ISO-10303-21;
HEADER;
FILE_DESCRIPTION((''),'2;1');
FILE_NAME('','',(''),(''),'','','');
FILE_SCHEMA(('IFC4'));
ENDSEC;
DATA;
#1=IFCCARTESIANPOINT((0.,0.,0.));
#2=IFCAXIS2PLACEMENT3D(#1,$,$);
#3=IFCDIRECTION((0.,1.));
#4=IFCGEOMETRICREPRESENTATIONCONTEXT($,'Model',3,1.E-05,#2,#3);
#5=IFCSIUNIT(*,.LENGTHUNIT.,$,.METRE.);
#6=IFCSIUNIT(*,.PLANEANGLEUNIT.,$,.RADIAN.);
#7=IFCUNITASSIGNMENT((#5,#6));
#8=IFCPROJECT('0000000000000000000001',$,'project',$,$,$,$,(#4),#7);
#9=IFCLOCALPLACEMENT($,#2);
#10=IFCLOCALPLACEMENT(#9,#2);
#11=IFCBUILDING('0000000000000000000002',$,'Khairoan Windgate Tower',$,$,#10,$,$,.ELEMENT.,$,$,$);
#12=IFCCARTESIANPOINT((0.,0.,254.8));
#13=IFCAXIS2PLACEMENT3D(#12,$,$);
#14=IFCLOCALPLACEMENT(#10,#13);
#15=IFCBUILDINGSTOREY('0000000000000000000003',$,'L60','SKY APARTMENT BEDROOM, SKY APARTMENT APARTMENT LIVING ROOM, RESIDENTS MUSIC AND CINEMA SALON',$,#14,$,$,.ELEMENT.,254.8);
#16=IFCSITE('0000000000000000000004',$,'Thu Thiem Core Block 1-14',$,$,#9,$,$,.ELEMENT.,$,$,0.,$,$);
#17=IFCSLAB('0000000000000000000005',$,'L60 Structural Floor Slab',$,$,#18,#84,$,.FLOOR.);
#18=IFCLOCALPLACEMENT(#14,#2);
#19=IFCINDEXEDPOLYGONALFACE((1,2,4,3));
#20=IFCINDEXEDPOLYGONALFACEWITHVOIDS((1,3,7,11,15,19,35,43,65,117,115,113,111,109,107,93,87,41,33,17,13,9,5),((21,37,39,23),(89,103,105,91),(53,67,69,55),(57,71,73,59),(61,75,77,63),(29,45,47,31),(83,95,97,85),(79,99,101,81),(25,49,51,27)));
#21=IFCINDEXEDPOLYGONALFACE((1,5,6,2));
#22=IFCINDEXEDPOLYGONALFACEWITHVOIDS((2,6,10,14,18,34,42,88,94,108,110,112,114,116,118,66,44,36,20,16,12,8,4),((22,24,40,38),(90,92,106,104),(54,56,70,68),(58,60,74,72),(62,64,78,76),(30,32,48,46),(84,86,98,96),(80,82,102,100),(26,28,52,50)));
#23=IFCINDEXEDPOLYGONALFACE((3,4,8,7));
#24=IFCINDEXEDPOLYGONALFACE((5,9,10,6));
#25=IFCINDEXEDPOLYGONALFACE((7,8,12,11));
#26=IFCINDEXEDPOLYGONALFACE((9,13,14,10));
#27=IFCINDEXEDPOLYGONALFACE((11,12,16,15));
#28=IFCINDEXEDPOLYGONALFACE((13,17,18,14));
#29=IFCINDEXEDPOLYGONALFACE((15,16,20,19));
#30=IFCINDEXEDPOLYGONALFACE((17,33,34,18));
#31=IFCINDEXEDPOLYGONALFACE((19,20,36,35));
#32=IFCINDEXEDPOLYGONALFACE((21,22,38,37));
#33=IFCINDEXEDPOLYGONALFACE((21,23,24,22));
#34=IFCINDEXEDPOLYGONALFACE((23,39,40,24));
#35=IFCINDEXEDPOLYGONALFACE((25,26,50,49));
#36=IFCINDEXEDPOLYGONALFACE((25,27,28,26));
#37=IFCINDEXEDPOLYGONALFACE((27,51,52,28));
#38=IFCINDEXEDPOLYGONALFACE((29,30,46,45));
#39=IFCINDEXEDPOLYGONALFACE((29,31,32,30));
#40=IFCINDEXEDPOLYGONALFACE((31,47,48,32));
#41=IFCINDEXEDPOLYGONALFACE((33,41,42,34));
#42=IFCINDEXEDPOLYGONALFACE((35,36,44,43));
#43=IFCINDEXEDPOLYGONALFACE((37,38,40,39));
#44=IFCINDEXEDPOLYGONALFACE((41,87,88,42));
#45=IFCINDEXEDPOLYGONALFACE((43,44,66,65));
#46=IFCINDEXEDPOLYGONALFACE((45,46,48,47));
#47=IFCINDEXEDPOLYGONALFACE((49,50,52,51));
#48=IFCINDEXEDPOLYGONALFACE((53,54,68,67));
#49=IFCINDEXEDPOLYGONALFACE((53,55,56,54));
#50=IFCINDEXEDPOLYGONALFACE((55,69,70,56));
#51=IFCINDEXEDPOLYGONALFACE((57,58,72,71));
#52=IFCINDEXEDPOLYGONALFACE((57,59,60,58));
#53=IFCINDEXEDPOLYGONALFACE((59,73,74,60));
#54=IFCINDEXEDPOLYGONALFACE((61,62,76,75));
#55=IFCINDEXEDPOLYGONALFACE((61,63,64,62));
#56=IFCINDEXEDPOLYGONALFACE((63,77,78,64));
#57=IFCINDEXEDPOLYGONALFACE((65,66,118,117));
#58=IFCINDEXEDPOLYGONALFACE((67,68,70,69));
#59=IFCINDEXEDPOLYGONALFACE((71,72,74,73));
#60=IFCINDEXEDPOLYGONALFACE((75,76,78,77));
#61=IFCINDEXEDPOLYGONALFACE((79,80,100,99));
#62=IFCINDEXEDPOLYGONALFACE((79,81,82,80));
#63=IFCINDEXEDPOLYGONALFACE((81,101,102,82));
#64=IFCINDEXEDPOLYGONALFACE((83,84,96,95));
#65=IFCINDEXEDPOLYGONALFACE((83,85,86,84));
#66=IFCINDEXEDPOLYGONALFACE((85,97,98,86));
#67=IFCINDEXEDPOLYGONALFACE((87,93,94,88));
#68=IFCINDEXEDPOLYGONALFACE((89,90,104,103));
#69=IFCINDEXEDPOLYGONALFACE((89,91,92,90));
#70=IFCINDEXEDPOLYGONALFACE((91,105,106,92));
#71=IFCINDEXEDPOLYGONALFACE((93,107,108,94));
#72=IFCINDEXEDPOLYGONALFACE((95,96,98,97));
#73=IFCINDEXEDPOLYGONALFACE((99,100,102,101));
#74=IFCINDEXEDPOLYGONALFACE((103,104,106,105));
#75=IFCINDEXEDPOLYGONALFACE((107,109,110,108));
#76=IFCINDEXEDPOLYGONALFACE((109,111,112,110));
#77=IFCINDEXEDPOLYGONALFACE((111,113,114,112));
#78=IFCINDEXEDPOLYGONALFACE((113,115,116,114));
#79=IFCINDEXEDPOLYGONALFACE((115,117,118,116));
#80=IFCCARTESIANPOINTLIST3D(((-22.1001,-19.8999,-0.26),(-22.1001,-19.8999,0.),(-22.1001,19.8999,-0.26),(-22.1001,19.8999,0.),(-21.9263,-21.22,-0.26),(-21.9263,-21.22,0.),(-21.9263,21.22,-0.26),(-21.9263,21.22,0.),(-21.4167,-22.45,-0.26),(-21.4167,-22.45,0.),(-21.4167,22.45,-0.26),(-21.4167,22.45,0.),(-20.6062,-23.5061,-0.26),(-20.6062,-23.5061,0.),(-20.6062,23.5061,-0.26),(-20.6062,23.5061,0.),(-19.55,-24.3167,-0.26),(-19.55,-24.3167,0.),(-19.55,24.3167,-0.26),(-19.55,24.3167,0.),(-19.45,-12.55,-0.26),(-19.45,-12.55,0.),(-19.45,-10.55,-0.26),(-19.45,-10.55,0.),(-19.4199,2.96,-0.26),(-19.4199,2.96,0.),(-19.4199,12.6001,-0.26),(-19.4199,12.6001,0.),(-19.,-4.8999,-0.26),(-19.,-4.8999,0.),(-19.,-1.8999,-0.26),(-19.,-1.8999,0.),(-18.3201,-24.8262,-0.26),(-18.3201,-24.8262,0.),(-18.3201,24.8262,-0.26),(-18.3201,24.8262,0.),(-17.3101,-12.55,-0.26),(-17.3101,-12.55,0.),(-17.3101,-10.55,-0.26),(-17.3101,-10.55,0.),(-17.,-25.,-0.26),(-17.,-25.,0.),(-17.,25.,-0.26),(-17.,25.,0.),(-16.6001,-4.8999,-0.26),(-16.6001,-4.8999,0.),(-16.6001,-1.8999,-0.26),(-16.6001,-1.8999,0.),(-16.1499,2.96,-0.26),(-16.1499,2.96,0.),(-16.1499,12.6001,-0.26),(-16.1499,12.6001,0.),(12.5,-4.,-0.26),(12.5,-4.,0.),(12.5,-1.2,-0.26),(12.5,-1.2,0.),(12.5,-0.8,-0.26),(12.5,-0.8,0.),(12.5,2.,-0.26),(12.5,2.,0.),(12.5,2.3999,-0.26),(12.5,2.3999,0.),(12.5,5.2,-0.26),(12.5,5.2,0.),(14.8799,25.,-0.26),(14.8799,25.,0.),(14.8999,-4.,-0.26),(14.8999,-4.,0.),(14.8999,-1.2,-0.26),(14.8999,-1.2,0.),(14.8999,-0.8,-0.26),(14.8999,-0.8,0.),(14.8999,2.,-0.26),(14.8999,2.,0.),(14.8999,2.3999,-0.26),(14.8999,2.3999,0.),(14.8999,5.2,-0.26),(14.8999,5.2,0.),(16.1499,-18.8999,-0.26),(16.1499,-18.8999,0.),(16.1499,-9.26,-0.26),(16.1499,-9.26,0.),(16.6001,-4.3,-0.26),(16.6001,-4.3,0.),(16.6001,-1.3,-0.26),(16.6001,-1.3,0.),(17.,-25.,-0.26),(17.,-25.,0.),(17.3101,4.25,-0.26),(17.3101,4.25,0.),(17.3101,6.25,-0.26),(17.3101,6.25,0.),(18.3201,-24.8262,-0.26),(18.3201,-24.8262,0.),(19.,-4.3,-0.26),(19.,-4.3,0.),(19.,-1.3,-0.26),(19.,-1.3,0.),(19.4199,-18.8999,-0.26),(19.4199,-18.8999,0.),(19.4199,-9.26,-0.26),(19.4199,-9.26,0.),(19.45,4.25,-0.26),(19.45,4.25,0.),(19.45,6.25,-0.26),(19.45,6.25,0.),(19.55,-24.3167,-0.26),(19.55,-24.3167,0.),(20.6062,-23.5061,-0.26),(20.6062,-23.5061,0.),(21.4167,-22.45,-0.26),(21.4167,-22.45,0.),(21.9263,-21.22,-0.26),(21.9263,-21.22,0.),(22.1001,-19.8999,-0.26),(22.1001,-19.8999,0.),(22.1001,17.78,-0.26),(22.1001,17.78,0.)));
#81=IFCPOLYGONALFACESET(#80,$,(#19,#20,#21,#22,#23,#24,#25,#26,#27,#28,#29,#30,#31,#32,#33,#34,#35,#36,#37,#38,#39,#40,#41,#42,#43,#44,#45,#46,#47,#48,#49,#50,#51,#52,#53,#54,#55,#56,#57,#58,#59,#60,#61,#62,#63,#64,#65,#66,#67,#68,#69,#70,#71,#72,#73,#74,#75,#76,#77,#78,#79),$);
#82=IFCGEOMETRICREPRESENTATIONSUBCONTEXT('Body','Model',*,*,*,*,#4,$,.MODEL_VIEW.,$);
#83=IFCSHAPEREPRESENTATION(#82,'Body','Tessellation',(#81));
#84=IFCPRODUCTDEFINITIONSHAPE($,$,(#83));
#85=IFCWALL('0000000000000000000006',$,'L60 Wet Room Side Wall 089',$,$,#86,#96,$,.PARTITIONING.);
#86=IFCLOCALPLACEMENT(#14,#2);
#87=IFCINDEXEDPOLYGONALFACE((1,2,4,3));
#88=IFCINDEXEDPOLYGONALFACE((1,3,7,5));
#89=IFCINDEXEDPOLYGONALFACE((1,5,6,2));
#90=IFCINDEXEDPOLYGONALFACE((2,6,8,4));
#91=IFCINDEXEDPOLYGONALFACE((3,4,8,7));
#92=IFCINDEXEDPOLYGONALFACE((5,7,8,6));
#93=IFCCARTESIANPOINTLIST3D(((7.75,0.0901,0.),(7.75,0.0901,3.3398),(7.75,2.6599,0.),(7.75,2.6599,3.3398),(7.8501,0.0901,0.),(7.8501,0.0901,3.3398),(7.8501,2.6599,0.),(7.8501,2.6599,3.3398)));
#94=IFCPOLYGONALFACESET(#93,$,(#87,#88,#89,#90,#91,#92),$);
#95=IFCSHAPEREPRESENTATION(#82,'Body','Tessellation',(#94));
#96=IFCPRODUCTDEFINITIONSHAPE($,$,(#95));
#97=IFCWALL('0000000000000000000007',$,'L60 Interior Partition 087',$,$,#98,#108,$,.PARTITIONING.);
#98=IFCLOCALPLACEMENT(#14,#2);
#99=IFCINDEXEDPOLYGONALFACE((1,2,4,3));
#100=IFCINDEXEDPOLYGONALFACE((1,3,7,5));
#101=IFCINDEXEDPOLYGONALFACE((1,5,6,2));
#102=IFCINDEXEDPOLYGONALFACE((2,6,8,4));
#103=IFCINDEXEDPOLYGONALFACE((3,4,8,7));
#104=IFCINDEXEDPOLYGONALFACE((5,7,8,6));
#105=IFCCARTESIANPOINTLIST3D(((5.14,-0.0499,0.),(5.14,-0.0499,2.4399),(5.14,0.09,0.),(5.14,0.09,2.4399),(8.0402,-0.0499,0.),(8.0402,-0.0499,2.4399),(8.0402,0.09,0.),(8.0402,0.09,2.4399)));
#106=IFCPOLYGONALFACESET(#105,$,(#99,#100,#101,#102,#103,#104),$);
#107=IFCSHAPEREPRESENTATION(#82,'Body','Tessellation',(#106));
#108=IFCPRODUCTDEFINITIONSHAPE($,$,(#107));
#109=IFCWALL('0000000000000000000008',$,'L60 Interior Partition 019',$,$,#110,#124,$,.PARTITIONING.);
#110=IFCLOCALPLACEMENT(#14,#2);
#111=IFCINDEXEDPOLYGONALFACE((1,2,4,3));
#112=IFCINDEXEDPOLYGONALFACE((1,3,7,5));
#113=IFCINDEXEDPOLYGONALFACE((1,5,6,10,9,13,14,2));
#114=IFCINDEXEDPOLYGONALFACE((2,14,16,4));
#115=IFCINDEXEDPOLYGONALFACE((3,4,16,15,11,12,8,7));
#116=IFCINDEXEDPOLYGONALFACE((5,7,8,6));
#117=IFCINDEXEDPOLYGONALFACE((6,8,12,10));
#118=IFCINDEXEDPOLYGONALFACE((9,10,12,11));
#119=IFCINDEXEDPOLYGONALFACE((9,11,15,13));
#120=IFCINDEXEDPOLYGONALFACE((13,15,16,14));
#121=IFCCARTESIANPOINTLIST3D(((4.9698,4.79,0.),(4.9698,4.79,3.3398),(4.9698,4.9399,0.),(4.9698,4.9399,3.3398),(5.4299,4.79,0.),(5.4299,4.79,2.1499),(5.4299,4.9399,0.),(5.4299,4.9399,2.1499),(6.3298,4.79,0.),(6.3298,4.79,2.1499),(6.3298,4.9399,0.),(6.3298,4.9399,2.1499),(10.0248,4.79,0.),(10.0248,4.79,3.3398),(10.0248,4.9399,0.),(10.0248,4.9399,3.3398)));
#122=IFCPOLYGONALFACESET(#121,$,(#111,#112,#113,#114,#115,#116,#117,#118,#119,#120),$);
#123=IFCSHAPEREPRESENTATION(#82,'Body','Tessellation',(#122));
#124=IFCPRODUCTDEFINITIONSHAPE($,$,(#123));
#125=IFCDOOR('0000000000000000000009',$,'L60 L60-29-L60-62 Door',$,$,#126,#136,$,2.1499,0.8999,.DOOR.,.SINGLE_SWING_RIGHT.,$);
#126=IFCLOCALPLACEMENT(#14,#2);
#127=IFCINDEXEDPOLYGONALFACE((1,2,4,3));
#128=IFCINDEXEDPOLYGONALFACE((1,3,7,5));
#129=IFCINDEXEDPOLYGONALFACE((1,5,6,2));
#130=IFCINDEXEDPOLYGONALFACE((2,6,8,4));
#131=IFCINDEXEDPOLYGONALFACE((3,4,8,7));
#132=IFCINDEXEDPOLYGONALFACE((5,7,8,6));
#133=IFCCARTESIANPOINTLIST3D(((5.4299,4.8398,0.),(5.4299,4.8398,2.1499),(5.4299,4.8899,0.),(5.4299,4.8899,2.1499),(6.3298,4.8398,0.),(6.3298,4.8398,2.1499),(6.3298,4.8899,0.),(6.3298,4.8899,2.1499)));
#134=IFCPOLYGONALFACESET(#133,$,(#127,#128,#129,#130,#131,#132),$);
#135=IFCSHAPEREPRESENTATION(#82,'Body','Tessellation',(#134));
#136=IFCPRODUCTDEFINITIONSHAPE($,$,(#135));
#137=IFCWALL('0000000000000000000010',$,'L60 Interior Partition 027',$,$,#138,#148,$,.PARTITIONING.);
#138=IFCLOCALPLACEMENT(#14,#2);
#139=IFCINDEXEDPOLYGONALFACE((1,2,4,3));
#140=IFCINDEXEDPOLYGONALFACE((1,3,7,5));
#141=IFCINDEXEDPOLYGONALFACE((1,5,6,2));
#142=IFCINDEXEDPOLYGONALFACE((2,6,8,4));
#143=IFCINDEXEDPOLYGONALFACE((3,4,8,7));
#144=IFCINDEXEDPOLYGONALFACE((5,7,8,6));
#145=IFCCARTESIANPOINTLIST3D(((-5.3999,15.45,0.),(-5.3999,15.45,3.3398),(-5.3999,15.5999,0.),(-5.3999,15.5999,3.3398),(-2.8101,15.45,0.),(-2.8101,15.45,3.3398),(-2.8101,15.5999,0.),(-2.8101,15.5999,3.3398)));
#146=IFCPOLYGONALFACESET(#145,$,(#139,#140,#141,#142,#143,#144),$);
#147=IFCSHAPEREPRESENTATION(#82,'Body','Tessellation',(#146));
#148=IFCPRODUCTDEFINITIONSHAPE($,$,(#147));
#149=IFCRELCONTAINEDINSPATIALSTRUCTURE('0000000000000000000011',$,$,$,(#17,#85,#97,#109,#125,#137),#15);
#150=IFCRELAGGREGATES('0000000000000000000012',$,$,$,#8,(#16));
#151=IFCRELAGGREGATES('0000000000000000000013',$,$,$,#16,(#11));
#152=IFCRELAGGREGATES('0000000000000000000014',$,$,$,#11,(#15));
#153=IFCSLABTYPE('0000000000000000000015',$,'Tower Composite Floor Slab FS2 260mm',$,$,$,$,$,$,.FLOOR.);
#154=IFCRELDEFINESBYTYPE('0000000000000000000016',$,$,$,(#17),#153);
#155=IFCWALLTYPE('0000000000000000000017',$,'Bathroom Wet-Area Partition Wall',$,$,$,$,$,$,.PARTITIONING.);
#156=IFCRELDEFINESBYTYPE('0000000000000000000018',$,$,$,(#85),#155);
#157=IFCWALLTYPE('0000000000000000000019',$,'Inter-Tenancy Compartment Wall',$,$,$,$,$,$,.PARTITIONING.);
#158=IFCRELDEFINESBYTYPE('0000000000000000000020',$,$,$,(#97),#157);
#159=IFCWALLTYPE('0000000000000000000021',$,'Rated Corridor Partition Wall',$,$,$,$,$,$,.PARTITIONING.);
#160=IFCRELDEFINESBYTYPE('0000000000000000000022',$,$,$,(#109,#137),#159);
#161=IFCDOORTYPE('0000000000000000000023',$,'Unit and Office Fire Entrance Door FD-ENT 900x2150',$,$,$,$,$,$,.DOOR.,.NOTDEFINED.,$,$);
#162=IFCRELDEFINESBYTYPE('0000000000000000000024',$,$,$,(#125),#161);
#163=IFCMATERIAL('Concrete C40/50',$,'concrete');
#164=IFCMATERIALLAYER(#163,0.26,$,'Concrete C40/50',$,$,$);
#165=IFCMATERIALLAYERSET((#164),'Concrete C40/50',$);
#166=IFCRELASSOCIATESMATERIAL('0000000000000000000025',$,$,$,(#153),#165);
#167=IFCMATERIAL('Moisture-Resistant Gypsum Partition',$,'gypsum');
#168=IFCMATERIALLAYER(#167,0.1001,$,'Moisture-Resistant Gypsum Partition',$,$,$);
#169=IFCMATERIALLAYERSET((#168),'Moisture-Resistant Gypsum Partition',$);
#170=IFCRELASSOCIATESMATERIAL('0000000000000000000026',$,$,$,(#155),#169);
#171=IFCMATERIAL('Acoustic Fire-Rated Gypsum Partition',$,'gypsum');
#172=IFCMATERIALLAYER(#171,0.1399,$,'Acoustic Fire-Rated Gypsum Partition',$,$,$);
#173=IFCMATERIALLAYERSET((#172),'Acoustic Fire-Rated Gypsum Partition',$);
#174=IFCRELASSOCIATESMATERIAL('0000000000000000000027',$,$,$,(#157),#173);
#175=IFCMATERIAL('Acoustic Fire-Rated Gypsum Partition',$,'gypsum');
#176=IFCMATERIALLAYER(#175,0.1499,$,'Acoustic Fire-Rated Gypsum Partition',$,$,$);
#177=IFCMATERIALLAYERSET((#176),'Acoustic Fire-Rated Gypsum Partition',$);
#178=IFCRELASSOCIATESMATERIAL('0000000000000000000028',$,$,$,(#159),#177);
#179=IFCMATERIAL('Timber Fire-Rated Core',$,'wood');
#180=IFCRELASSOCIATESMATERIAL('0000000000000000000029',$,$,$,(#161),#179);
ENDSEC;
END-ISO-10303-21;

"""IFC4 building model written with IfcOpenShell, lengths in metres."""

from ifc_helpers import new_model, si_unit, direction, frame, frame_2d, origin, place, context, subcontext, project, spatial, polyline, rectangle, outline, extrude, material, layer, layer_set, type_object, element, fill, save


model = new_model("IFC4")

# Units and contexts
model_context = context("Model", 3, precision=1e-05, world=origin(), true_north=direction((0.0, 1.0)))
body_context = subcontext(model_context, "Body", "Model", "MODEL_VIEW")
ifc_project = project(units=[si_unit("LENGTHUNIT", "METRE"), si_unit("PLANEANGLEUNIT", "RADIAN")], contexts=[model_context])

# Site, building, storey
site_placement = place(None, origin())
site = spatial("IfcSite", under=ifc_project, at=site_placement, Name="Thu Thiem Core Block 1-14", CompositionType="ELEMENT", RefElevation=0.0)
building_placement = place(site_placement, origin())
building = spatial("IfcBuilding", under=site, at=building_placement, Name="Khairoan Windgate Tower", CompositionType="ELEMENT")
storey_placement = place(building_placement, frame((0.0, 0.0, 254.8)))
storey = spatial("IfcBuildingStorey", under=building, at=storey_placement, Name="L60", Description="SKY APARTMENT BEDROOM, SKY APARTMENT APARTMENT LIVING ROOM, RESIDENTS MUSIC AND CINEMA SALON", CompositionType="ELEMENT", Elevation=254.8)

# Slab
ifc_material_1 = material(Name="Concrete C40/50", Category="concrete")
ifc_layer_1 = layer(ifc_material_1, 0.26, Name="Concrete C40/50")
ifc_layer_set_1 = layer_set([ifc_layer_1], Name="Concrete C40/50")
slab_type_1 = type_object("IfcSlabType", Name="Tower Composite Floor Slab FS2 260mm", PredefinedType="FLOOR", material=ifc_layer_set_1)
slab_1_placement = place(storey_placement, frame((0.0, 0.0, -0.26)))
element("IfcSlab", 1, at=slab_1_placement, inside=storey, type_object=slab_type_1, Name="L60 Structural Floor Slab", PredefinedType="FLOOR", context=body_context, shape_type="SweptSolid", body=[
    extrude(outline(polyline([(17.0, -25.0), (18.3201, -24.8262), (19.55, -24.3167), (20.6062, -23.5061), (21.4167, -22.45), (21.9263, -21.22), (22.1001, -19.8999), (22.1001, 17.78), (14.8799, 25.0), (-17.0, 25.0), (-18.3201, 24.8262), (-19.55, 24.3167), (-20.6062, 23.5061), (-21.4167, 22.45), (-21.9263, 21.22), (-22.1001, 19.8999), (-22.1001, -19.8999), (-21.9263, -21.22), (-21.4167, -22.45), (-20.6062, -23.5061), (-19.55, -24.3167), (-18.3201, -24.8262), (-17.0, -25.0), (17.0, -25.0)]), holes=[polyline([(16.1499, -9.26), (16.1499, -18.8999), (19.4199, -18.8999), (19.4199, -9.26), (16.1499, -9.26)]), polyline([(-16.1499, 2.96), (-16.1499, 12.6001), (-19.4199, 12.6001), (-19.4199, 2.96), (-16.1499, 2.96)]), polyline([(12.5, 2.3999), (14.8999, 2.3999), (14.8999, 5.2), (12.5, 5.2), (12.5, 2.3999)]), polyline([(12.5, -0.8), (14.8999, -0.8), (14.8999, 2.0), (12.5, 2.0), (12.5, -0.8)]), polyline([(12.5, -4.0), (14.8999, -4.0), (14.8999, -1.2), (12.5, -1.2), (12.5, -4.0)]), polyline([(16.6001, -4.3), (19.0, -4.3), (19.0, -1.3), (16.6001, -1.3), (16.6001, -4.3)]), polyline([(-19.0, -4.8999), (-16.6001, -4.8999), (-16.6001, -1.8999), (-19.0, -1.8999), (-19.0, -4.8999)]), polyline([(-19.45, -12.55), (-17.3101, -12.55), (-17.3101, -10.55), (-19.45, -10.55), (-19.45, -12.55)]), polyline([(17.3101, 4.25), (19.45, 4.25), (19.45, 6.25), (17.3101, 6.25), (17.3101, 4.25)])]), origin(), (0.0, 0.0, 1.0), 0.26),
])

# Walls
ifc_material_2 = material(Name="Moisture-Resistant Gypsum Partition", Category="gypsum")
ifc_layer_2 = layer(ifc_material_2, 0.1001, Name="Moisture-Resistant Gypsum Partition")
ifc_layer_set_2 = layer_set([ifc_layer_2], Name="Moisture-Resistant Gypsum Partition")
wall_type_1 = type_object("IfcWallType", Name="Bathroom Wet-Area Partition Wall", PredefinedType="PARTITIONING", material=ifc_layer_set_2)
wall_1_placement = place(storey_placement, frame((7.8, 2.6599, 0.0), z_axis=(0.0, 0.0, 1.0), x_axis=(0.0, -1.0, 0.0)))
element("IfcWall", 2, at=wall_1_placement, inside=storey, type_object=wall_type_1, Name="L60 Wet Room Side Wall 089", PredefinedType="PARTITIONING", context=body_context, shape_type="SweptSolid", body=[
    extrude(rectangle(XDim=2.5698, YDim=0.1001, at=frame_2d((1.2849, 0.0))), origin(), (0.0, 0.0, 1.0), 3.3398),
])
ifc_material_3 = material(Name="Acoustic Fire-Rated Gypsum Partition", Category="gypsum")
ifc_layer_3 = layer(ifc_material_3, 0.1399, Name="Acoustic Fire-Rated Gypsum Partition")
ifc_layer_set_3 = layer_set([ifc_layer_3], Name="Acoustic Fire-Rated Gypsum Partition")
wall_type_2 = type_object("IfcWallType", Name="Inter-Tenancy Compartment Wall", PredefinedType="PARTITIONING", material=ifc_layer_set_3)
wall_2_placement = place(storey_placement, frame((5.1399, 0.02, 0.0), z_axis=(0.0, 0.0, 1.0), x_axis=(1.0, 0.0, 0.0)))
element("IfcWall", 3, at=wall_2_placement, inside=storey, type_object=wall_type_2, Name="L60 Interior Partition 087", PredefinedType="PARTITIONING", context=body_context, shape_type="SweptSolid", body=[
    extrude(rectangle(XDim=2.9001, YDim=0.1399, at=frame_2d((1.4502, 0.0))), origin(), (0.0, 0.0, 1.0), 2.4399),
])

# Wall, opening, door
ifc_material_4 = material(Name="Acoustic Fire-Rated Gypsum Partition", Category="gypsum")
ifc_layer_4 = layer(ifc_material_4, 0.1499, Name="Acoustic Fire-Rated Gypsum Partition")
ifc_layer_set_4 = layer_set([ifc_layer_4], Name="Acoustic Fire-Rated Gypsum Partition")
wall_type_3 = type_object("IfcWallType", Name="Rated Corridor Partition Wall", PredefinedType="PARTITIONING", material=ifc_layer_set_4)
wall_3_placement = place(storey_placement, frame((4.97, 4.865, 0.0), z_axis=(0.0, 0.0, 1.0), x_axis=(1.0, 0.0, 0.0)))
wall_3 = element("IfcWall", 4, at=wall_3_placement, inside=storey, type_object=wall_type_3, Name="L60 Interior Partition 019", PredefinedType="PARTITIONING", context=body_context, shape_type="SweptSolid", body=[
    extrude(rectangle(XDim=5.0549, YDim=0.1499, at=frame_2d((2.5273, 0.0))), origin(), (0.0, 0.0, 1.0), 3.3398),
])
opening_1_placement = place(wall_3_placement, frame((0.46, 0.0, 0.0)))
opening_1 = element("IfcOpeningElement", 5, at=opening_1_placement, cuts=wall_3, PredefinedType="OPENING", context=body_context, shape_type="SweptSolid", body=[
    extrude(rectangle(XDim=0.8999, YDim=2.1499, at=frame_2d((0.45, 1.075))), frame((0.0, 0.085, 0.0), z_axis=(0.0, -1.0, 0.0), x_axis=(1.0, 0.0, 0.0)), (0.0, 0.0, 1.0), 0.1699),
])
ifc_material_5 = material(Name="Timber Fire-Rated Core", Category="wood")
door_type = type_object("IfcDoorType", Name="Unit and Office Fire Entrance Door FD-ENT 900x2150", OperationType="NOTDEFINED", PredefinedType="DOOR", material=ifc_material_5)
door_1_placement = place(opening_1_placement, origin())
door_1 = element("IfcDoor", 6, at=door_1_placement, inside=storey, type_object=door_type, Name="L60 L60-29-L60-62 Door", OperationType="SINGLE_SWING_RIGHT", OverallHeight=2.1499, OverallWidth=0.8999, PredefinedType="DOOR", context=body_context, shape_type="SweptSolid", body=[
    extrude(rectangle(XDim=0.8999, YDim=2.1499, at=frame_2d((0.45, 1.075))), frame((0.0, 0.0249, 0.0), z_axis=(0.0, -1.0, 0.0), x_axis=(1.0, 0.0, 0.0)), (0.0, 0.0, 1.0), 0.05),
])
fill(opening_1, door_1)

# Wall
wall_4_placement = place(storey_placement, frame((-5.3999, 15.5249, 0.0), z_axis=(0.0, 0.0, 1.0), x_axis=(1.0, 0.0, 0.0)))
element("IfcWall", 7, at=wall_4_placement, inside=storey, type_object=wall_type_3, Name="L60 Interior Partition 027", PredefinedType="PARTITIONING", context=body_context, shape_type="SweptSolid", body=[
    extrude(rectangle(XDim=2.5898, YDim=0.1499, at=frame_2d((1.2949, 0.0))), origin(), (0.0, 0.0, 1.0), 3.3398),
])

save(model, "model.ifc")
